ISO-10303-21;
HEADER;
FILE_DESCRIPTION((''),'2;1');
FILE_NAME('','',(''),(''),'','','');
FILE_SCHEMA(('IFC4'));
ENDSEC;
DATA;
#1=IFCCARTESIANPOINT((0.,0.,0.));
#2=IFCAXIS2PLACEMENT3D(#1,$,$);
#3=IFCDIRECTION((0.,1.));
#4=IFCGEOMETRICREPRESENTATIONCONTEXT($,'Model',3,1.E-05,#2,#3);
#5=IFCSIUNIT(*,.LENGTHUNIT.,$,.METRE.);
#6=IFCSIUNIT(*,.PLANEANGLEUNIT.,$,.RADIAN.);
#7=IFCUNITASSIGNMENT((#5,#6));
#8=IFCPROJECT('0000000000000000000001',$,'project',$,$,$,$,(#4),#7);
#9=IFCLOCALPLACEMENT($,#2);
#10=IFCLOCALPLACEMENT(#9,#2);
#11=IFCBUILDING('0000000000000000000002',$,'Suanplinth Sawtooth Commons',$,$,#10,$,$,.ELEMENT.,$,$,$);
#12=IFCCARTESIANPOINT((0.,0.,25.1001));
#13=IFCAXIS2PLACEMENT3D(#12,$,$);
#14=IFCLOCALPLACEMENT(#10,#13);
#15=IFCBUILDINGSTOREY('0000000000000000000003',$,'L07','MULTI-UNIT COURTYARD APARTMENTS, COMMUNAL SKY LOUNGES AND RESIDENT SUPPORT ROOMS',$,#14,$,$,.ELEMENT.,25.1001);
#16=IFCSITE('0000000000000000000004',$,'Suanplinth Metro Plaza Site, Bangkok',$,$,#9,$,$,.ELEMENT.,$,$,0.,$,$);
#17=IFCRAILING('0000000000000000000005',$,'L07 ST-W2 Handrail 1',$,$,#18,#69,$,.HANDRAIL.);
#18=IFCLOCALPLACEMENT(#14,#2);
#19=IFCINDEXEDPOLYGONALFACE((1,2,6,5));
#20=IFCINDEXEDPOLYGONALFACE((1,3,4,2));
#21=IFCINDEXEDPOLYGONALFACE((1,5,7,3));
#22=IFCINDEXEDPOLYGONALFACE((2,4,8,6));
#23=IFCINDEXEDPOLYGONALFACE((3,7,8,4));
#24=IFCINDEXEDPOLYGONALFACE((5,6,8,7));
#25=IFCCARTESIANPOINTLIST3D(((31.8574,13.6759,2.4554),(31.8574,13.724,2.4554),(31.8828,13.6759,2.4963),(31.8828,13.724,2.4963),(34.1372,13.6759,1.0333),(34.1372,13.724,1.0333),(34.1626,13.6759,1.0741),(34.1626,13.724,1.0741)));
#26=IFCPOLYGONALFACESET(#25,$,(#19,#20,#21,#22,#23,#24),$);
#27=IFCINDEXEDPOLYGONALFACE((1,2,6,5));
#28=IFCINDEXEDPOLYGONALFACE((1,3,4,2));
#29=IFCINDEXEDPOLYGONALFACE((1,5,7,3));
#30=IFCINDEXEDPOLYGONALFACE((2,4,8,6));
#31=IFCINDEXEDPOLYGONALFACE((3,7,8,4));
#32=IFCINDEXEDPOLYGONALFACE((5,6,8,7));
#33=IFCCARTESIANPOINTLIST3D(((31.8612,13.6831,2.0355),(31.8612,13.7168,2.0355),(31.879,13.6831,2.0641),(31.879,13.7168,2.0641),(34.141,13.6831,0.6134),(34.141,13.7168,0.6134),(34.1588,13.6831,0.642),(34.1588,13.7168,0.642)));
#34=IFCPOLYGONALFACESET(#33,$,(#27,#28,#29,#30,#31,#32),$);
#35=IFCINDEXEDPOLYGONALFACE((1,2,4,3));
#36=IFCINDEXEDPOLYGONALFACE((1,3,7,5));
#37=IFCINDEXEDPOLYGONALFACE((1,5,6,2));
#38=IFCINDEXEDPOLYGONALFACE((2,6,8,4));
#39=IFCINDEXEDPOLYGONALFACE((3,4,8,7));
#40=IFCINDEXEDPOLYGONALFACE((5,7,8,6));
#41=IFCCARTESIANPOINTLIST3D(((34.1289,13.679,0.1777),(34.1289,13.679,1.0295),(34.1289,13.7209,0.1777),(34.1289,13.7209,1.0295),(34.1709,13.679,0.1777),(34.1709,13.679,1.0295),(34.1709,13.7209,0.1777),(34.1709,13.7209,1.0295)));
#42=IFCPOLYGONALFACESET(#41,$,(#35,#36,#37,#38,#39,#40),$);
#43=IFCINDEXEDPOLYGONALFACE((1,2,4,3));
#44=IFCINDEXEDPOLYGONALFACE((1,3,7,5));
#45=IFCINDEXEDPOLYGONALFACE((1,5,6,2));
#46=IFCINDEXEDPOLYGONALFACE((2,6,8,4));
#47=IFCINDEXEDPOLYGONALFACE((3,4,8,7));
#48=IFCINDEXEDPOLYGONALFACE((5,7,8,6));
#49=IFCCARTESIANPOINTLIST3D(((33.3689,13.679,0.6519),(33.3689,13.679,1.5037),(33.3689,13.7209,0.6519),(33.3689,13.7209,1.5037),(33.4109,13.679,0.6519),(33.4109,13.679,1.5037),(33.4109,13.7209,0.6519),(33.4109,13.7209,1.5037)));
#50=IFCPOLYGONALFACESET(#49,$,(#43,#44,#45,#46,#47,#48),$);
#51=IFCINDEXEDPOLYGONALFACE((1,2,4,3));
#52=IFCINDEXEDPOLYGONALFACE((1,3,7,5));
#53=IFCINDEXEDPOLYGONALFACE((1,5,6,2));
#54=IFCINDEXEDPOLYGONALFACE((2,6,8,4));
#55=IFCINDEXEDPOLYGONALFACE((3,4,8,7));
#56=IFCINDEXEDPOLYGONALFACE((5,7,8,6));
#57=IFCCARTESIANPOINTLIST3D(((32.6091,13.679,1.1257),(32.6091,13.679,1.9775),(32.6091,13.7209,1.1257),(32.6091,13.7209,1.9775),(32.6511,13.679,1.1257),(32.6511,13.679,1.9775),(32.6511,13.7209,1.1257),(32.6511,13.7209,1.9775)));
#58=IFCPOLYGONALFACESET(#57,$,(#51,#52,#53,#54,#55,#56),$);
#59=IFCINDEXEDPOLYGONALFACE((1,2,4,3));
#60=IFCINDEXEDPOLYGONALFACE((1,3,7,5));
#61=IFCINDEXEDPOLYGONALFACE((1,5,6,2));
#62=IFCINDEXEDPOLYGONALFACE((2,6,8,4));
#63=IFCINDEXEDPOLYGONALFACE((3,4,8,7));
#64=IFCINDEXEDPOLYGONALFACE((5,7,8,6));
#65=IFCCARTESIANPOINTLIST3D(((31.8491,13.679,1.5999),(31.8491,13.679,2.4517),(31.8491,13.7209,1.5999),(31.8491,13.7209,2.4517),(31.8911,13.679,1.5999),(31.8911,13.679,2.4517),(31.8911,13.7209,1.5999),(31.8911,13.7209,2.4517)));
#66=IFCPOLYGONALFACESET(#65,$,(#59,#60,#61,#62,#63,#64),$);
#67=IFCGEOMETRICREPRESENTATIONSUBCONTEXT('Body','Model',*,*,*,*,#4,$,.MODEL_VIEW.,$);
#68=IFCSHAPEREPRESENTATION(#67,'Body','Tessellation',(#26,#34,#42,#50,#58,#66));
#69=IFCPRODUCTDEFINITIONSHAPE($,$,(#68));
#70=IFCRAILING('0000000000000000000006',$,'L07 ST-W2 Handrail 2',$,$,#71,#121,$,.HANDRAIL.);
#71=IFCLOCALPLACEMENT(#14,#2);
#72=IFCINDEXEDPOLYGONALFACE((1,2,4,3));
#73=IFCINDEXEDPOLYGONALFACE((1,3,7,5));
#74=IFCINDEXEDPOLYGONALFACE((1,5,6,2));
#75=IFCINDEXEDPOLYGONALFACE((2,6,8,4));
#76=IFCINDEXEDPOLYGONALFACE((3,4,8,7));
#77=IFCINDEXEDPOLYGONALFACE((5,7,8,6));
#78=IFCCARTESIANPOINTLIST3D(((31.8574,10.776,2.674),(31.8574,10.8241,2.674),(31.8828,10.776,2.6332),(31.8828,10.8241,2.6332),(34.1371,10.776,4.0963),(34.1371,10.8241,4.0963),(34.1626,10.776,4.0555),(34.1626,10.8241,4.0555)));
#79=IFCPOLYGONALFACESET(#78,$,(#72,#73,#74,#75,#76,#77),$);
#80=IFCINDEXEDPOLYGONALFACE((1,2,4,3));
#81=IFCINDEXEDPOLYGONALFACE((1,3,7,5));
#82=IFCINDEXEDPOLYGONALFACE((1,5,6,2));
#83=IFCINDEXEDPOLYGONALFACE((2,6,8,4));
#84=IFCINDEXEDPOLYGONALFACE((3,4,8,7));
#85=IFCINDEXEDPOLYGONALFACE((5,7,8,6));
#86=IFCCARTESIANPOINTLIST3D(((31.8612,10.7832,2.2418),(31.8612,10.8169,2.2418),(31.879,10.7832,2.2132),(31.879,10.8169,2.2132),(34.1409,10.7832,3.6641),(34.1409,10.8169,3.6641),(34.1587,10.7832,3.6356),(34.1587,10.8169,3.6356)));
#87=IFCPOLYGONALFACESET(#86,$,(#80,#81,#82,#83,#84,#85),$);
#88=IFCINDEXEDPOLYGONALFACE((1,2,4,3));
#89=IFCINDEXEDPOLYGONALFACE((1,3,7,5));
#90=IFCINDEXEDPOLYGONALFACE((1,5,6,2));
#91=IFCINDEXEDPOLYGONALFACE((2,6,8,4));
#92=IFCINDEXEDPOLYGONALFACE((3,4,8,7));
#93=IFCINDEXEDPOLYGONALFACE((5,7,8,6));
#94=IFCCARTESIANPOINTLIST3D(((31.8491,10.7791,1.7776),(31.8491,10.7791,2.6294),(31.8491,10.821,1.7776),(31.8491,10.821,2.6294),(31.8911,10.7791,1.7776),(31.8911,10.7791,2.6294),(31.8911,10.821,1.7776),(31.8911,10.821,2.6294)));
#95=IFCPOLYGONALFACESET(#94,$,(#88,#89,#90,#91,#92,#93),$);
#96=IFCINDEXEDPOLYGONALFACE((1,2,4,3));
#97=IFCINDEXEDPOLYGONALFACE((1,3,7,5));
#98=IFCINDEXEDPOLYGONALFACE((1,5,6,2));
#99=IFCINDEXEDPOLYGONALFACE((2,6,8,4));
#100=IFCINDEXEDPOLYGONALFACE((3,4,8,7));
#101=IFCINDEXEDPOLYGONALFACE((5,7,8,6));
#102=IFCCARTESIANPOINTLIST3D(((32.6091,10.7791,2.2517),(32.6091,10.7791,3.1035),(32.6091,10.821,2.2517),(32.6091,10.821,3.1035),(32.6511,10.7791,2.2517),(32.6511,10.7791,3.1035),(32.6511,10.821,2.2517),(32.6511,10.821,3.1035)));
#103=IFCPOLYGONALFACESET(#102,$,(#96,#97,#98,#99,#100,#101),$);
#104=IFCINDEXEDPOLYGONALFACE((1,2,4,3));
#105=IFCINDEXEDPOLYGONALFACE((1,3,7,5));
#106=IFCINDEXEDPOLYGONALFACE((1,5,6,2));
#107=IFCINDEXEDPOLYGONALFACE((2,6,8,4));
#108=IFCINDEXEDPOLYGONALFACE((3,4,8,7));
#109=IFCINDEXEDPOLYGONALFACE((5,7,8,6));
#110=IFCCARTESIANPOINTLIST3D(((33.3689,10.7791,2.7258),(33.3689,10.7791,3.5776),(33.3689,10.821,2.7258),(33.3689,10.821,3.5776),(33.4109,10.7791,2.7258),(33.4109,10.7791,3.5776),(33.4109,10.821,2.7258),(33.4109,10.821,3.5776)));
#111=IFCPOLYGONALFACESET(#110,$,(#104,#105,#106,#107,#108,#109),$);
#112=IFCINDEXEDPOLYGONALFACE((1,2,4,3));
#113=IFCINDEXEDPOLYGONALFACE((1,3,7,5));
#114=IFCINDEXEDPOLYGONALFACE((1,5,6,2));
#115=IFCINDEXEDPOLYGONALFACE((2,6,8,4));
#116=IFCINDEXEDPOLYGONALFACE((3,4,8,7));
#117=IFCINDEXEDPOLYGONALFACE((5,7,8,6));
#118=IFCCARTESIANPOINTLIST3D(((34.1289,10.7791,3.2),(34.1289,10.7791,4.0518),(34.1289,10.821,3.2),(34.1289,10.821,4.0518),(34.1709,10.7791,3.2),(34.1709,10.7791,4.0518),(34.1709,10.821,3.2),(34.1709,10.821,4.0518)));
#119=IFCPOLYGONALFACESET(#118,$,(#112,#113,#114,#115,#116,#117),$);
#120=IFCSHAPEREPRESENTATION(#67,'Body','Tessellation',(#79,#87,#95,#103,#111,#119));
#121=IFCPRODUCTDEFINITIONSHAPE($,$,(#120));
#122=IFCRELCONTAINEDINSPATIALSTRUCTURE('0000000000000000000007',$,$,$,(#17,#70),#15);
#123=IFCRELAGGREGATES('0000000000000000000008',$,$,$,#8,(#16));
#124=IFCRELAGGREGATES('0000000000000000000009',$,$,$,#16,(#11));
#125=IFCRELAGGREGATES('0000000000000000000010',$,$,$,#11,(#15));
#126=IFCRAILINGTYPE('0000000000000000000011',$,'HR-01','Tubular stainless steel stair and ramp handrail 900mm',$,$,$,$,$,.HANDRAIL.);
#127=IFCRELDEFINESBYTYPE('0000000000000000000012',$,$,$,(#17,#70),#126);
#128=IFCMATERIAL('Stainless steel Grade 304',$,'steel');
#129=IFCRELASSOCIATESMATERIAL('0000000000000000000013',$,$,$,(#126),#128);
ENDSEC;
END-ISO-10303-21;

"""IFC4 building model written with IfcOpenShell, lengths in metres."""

from ifc_helpers import new_model, si_unit, direction, frame, origin, origin_2d, place, context, subcontext, project, spatial, rectangle, extrude, material, type_object, element, save


model = new_model("IFC4")

# Units and contexts
model_context = context("Model", 3, precision=1e-05, world=origin(), true_north=direction((0.0, 1.0)))
body_context = subcontext(model_context, "Body", "Model", "MODEL_VIEW")
ifc_project = project(units=[si_unit("LENGTHUNIT", "METRE"), si_unit("PLANEANGLEUNIT", "RADIAN")], contexts=[model_context])

# Site, building, storey
site_placement = place(None, origin())
site = spatial("IfcSite", under=ifc_project, at=site_placement, Name="Suanplinth Metro Plaza Site, Bangkok", CompositionType="ELEMENT", RefElevation=0.0)
building_placement = place(site_placement, origin())
building = spatial("IfcBuilding", under=site, at=building_placement, Name="Suanplinth Sawtooth Commons", CompositionType="ELEMENT")
storey_placement = place(building_placement, frame((0.0, 0.0, 25.1001)))
storey = spatial("IfcBuildingStorey", under=building, at=storey_placement, Name="L07", Description="MULTI-UNIT COURTYARD APARTMENTS, COMMUNAL SKY LOUNGES AND RESIDENT SUPPORT ROOMS", CompositionType="ELEMENT", Elevation=25.1001)

# Railings
ifc_material_1 = material(Name="Stainless steel Grade 304", Category="steel")
railing_type_1 = type_object("IfcRailingType", Name="HR-01", Description="Tubular stainless steel stair and ramp handrail 900mm", PredefinedType="HANDRAIL", material=ifc_material_1)
railing_1_placement = place(storey_placement, frame((34.1499, 13.7, 0.1777)))
element("IfcRailing", 1, at=railing_1_placement, inside=storey, type_object=railing_type_1, Name="L07 ST-W2 Handrail 1", PredefinedType="HANDRAIL", context=body_context, shape_type="SweptSolid", body=[
    extrude(rectangle(XDim=0.0481, YDim=0.0481, at=origin_2d()), frame((0.0, 0.0, 0.876), z_axis=(-0.848457, 0.0, 0.529264), x_axis=(0.0, -1.0, 0.0)), (0.0, 0.0, 1.0), 2.687),
    extrude(rectangle(XDim=0.0337, YDim=0.0337, at=origin_2d()), frame((0.0, 0.0, 0.45), z_axis=(-0.848457, 0.0, 0.529264), x_axis=(0.0, -1.0, 0.0)), (0.0, 0.0, 1.0), 2.687),
    extrude(rectangle(XDim=0.042, YDim=0.042, at=origin_2d()), origin(), (0.0, 0.0, 1.0), 0.8518),
    extrude(rectangle(XDim=0.042, YDim=0.042, at=origin_2d()), frame((-0.76, 0.0, 0.4741)), (0.0, 0.0, 1.0), 0.8518),
    extrude(rectangle(XDim=0.042, YDim=0.042, at=origin_2d()), frame((-1.5198, 0.0, 0.948)), (0.0, 0.0, 1.0), 0.8518),
    extrude(rectangle(XDim=0.042, YDim=0.042, at=origin_2d()), frame((-2.2798, 0.0, 1.4221)), (0.0, 0.0, 1.0), 0.8518),
])
railing_2_placement = place(storey_placement, frame((31.8701, 10.8, 1.7776)))
element("IfcRailing", 2, at=railing_2_placement, inside=storey, type_object=railing_type_1, Name="L07 ST-W2 Handrail 2", PredefinedType="HANDRAIL", context=body_context, shape_type="SweptSolid", body=[
    extrude(rectangle(XDim=0.0481, YDim=0.0481, at=origin_2d()), frame((0.0, 0.0, 0.876), z_axis=(0.848417, 0.0, 0.529329), x_axis=(0.0, 1.0, 0.0)), (0.0, 0.0, 1.0), 2.687),
    extrude(rectangle(XDim=0.0337, YDim=0.0337, at=origin_2d()), frame((0.0, 0.0, 0.45), z_axis=(0.848417, 0.0, 0.529329), x_axis=(0.0, 1.0, 0.0)), (0.0, 0.0, 1.0), 2.687),
    extrude(rectangle(XDim=0.042, YDim=0.042, at=origin_2d()), origin(), (0.0, 0.0, 1.0), 0.8518),
    extrude(rectangle(XDim=0.042, YDim=0.042, at=origin_2d()), frame((0.76, 0.0, 0.4741)), (0.0, 0.0, 1.0), 0.8518),
    extrude(rectangle(XDim=0.042, YDim=0.042, at=origin_2d()), frame((1.5198, 0.0, 0.9482)), (0.0, 0.0, 1.0), 0.8518),
    extrude(rectangle(XDim=0.042, YDim=0.042, at=origin_2d()), frame((2.2798, 0.0, 1.4224)), (0.0, 0.0, 1.0), 0.8518),
])

save(model, "model.ifc")
